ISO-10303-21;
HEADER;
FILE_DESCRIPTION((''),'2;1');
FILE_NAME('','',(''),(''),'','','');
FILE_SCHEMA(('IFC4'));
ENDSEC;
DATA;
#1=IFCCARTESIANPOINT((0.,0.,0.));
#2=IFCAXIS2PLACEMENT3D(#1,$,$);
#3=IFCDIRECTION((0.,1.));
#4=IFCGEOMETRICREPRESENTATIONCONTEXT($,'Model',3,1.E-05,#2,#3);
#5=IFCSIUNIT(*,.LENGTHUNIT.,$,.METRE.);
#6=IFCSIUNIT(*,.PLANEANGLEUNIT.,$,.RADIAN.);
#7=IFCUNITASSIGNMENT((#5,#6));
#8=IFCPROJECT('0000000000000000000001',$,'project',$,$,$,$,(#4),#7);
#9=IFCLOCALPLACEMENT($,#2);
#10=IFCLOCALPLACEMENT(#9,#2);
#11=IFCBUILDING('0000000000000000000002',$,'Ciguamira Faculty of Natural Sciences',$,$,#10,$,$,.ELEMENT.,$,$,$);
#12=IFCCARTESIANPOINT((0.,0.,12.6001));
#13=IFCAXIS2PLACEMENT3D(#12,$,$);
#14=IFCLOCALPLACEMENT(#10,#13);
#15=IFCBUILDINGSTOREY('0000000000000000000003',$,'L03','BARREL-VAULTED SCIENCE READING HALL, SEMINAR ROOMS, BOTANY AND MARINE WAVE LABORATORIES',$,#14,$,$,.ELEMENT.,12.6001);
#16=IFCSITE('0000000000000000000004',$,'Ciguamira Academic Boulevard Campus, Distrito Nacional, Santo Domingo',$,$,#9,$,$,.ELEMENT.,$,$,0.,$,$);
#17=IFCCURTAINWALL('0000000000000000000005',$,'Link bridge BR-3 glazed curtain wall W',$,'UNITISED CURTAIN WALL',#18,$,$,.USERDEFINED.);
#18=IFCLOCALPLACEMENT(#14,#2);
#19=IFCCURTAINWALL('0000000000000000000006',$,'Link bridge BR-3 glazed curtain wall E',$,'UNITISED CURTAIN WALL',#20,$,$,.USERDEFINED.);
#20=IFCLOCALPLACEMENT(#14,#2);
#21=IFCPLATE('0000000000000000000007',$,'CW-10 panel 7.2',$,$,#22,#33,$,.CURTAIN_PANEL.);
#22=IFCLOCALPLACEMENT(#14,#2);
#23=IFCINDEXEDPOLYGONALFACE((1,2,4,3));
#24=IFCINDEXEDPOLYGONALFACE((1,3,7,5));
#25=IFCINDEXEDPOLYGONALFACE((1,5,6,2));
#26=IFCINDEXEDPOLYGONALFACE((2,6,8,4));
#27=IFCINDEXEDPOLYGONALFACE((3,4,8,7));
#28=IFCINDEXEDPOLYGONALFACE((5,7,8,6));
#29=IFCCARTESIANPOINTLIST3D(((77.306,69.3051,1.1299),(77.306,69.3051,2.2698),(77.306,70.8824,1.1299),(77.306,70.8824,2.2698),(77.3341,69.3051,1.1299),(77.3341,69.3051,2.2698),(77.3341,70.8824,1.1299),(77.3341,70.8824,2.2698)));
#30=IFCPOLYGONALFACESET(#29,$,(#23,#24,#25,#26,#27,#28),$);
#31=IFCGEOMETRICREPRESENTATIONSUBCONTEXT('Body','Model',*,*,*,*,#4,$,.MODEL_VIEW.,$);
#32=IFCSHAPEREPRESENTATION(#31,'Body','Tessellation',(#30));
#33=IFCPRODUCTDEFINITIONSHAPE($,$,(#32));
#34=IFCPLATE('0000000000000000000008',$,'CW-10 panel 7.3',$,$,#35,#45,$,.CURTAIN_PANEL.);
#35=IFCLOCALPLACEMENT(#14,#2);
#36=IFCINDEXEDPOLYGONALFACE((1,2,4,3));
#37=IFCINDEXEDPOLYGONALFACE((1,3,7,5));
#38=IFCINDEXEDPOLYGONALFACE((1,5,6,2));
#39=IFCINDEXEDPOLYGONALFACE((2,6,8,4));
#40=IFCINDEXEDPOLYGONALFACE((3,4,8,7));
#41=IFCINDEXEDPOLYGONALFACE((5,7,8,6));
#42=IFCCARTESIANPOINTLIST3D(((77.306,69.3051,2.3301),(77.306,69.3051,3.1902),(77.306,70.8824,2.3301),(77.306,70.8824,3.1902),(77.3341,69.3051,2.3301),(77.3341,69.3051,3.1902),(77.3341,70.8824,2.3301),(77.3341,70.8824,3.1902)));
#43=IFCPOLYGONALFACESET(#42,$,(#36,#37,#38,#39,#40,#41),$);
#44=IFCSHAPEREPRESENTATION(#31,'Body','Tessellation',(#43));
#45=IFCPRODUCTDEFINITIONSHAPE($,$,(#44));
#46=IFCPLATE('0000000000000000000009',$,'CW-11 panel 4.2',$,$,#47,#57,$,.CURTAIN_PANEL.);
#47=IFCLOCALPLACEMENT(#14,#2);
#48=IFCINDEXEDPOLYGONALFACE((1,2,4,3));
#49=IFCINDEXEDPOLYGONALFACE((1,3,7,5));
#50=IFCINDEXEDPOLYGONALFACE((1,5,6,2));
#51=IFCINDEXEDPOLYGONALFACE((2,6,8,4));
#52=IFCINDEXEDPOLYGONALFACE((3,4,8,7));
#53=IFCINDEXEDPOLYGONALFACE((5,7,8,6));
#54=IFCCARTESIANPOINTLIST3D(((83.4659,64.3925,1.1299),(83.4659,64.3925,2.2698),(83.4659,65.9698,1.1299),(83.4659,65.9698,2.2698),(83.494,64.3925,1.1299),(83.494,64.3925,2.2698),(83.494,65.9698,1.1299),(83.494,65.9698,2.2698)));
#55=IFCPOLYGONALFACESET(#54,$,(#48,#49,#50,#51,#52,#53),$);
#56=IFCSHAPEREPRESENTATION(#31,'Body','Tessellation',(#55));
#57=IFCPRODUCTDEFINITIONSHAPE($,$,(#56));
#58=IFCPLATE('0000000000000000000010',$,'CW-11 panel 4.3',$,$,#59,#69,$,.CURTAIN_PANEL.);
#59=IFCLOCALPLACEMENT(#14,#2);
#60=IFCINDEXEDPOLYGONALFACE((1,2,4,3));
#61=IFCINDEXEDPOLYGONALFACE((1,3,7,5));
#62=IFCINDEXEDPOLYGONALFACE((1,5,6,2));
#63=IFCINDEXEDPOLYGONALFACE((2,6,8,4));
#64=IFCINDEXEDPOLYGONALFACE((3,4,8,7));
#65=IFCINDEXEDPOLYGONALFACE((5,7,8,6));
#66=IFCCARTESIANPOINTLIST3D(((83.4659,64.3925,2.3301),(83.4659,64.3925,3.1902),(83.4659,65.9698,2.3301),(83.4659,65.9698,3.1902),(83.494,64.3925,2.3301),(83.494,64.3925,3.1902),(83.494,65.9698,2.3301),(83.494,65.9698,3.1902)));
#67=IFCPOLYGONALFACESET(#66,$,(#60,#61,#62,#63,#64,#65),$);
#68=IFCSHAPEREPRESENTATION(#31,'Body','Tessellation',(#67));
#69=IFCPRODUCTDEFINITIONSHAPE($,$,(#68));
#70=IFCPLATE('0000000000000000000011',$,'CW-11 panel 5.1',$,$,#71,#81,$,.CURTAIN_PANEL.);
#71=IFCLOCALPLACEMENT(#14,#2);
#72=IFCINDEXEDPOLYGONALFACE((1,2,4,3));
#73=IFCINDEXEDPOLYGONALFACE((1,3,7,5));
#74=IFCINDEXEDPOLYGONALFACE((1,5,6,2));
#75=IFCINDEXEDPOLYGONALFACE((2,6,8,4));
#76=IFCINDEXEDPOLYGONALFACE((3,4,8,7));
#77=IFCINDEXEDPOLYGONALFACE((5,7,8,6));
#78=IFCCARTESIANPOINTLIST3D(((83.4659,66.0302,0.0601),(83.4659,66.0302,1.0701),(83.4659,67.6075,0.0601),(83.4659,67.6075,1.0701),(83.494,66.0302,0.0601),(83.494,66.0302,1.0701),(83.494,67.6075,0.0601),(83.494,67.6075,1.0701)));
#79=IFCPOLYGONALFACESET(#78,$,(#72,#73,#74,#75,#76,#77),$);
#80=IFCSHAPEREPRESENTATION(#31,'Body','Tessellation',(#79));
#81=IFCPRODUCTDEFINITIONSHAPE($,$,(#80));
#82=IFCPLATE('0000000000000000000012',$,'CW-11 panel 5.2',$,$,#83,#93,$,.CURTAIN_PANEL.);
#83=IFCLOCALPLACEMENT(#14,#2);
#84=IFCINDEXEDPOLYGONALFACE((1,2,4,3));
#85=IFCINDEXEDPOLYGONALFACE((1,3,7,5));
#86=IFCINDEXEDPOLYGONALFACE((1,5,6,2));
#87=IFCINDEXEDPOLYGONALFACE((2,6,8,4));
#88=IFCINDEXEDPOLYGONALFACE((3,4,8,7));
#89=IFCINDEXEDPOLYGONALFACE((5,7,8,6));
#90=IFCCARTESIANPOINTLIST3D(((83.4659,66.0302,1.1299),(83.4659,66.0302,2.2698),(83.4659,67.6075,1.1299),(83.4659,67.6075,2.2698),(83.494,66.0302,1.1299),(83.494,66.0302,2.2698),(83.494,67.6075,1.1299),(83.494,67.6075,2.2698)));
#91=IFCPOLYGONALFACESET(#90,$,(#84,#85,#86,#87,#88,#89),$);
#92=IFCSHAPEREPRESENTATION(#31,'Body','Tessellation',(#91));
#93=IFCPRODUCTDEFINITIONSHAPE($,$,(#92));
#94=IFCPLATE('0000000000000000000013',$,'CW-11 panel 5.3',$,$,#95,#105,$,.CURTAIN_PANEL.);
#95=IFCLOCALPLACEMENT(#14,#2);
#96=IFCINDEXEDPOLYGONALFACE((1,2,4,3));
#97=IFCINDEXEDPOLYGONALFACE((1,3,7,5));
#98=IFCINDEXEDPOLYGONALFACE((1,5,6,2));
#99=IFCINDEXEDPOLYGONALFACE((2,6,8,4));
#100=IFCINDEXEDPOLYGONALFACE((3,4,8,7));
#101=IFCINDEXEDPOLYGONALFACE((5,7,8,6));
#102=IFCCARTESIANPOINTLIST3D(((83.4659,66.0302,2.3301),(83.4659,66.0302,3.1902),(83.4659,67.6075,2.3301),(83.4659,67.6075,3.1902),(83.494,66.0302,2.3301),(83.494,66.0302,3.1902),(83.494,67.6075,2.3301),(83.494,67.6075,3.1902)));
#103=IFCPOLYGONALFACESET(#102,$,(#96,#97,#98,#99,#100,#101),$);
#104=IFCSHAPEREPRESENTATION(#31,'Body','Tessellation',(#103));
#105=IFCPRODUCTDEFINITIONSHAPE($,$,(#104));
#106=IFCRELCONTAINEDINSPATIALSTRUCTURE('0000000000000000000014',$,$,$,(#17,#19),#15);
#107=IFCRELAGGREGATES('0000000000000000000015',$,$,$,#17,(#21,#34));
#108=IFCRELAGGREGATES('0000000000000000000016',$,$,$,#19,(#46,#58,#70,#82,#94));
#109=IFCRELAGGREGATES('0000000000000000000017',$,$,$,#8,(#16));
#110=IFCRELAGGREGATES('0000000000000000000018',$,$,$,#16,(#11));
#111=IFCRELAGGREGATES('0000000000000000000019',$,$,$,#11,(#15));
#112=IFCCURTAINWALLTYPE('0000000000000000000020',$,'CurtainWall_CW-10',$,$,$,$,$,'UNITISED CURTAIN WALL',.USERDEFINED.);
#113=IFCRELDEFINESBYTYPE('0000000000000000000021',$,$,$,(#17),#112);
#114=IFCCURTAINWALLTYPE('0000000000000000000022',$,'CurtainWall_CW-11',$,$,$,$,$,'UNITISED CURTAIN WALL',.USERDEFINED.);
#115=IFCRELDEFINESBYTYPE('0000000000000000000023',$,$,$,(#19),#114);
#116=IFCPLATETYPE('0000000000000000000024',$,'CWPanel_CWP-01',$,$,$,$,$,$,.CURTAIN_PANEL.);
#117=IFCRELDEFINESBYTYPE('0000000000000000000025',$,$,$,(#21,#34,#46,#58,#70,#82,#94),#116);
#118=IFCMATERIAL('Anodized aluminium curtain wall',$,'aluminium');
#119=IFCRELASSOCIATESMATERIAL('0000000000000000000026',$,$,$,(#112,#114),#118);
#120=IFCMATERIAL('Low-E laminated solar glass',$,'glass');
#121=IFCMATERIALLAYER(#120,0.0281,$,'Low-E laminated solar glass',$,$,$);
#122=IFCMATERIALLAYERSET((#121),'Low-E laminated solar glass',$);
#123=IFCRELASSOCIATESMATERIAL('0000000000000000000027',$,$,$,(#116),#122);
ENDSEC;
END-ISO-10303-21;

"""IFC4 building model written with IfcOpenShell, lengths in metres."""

from ifc_helpers import new_model, si_unit, direction, frame, origin, origin_2d, place, context, subcontext, project, spatial, rectangle, extrude, material, layer, layer_set, type_object, element, aggregate, save


model = new_model("IFC4")

# Units and contexts
model_context = context("Model", 3, precision=1e-05, world=origin(), true_north=direction((0.0, 1.0)))
body_context = subcontext(model_context, "Body", "Model", "MODEL_VIEW")
ifc_project = project(units=[si_unit("LENGTHUNIT", "METRE"), si_unit("PLANEANGLEUNIT", "RADIAN")], contexts=[model_context])

# Site, building, storey
site_placement = place(None, origin())
site = spatial("IfcSite", under=ifc_project, at=site_placement, Name="Ciguamira Academic Boulevard Campus, Distrito Nacional, Santo Domingo", CompositionType="ELEMENT", RefElevation=0.0)
building_placement = place(site_placement, origin())
building = spatial("IfcBuilding", under=site, at=building_placement, Name="Ciguamira Faculty of Natural Sciences", CompositionType="ELEMENT")
storey_placement = place(building_placement, frame((0.0, 0.0, 12.6001)))
storey = spatial("IfcBuildingStorey", under=building, at=storey_placement, Name="L03", Description="BARREL-VAULTED SCIENCE READING HALL, SEMINAR ROOMS, BOTANY AND MARINE WAVE LABORATORIES", CompositionType="ELEMENT", Elevation=12.6001)

# Curtain wall
ifc_material_1 = material(Name="Anodized aluminium curtain wall", Category="aluminium")
curtain_wall_type_1 = type_object("IfcCurtainWallType", Name="CurtainWall_CW-10", ElementType="UNITISED CURTAIN WALL", PredefinedType="USERDEFINED", material=ifc_material_1)
curtain_wall_1_placement = place(storey_placement, origin())
curtain_wall_1 = element("IfcCurtainWall", 1, at=curtain_wall_1_placement, inside=storey, type_object=curtain_wall_type_1, Name="Link bridge BR-3 glazed curtain wall W", ObjectType="UNITISED CURTAIN WALL", PredefinedType="USERDEFINED")

# Curtain wall
curtain_wall_type_2 = type_object("IfcCurtainWallType", Name="CurtainWall_CW-11", ElementType="UNITISED CURTAIN WALL", PredefinedType="USERDEFINED", material=ifc_material_1)
curtain_wall_2_placement = place(storey_placement, origin())
curtain_wall_2 = element("IfcCurtainWall", 2, at=curtain_wall_2_placement, inside=storey, type_object=curtain_wall_type_2, Name="Link bridge BR-3 glazed curtain wall E", ObjectType="UNITISED CURTAIN WALL", PredefinedType="USERDEFINED")

# Plates
ifc_material_2 = material(Name="Low-E laminated solar glass", Category="glass")
ifc_layer = layer(ifc_material_2, 0.0281, Name="Low-E laminated solar glass")
ifc_layer_set = layer_set([ifc_layer], Name="Low-E laminated solar glass")
plate_type = type_object("IfcPlateType", Name="CWPanel_CWP-01", PredefinedType="CURTAIN_PANEL", material=ifc_layer_set)
plate_1_placement = place(storey_placement, frame((77.3201, 70.0938, 1.1299), z_axis=(0.0, 0.0, 1.0), x_axis=(0.0, 1.0, 0.0)))
plate_1 = element("IfcPlate", 3, at=plate_1_placement, type_object=plate_type, Name="CW-10 panel 7.2", PredefinedType="CURTAIN_PANEL", context=body_context, shape_type="SweptSolid", body=[
    extrude(rectangle(XDim=1.5774, YDim=0.0281, at=origin_2d()), origin(), (0.0, 0.0, 1.0), 1.1399),
])
plate_2_placement = place(storey_placement, frame((77.3201, 70.0938, 2.3301), z_axis=(0.0, 0.0, 1.0), x_axis=(0.0, 1.0, 0.0)))
plate_2 = element("IfcPlate", 4, at=plate_2_placement, type_object=plate_type, Name="CW-10 panel 7.3", PredefinedType="CURTAIN_PANEL", context=body_context, shape_type="SweptSolid", body=[
    extrude(rectangle(XDim=1.5774, YDim=0.0281, at=origin_2d()), origin(), (0.0, 0.0, 1.0), 0.8601),
])
aggregate(curtain_wall_1, [plate_1, plate_2])
plate_3_placement = place(storey_placement, frame((83.48, 65.1812, 1.1299), z_axis=(0.0, 0.0, 1.0), x_axis=(0.0, 1.0, 0.0)))
plate_3 = element("IfcPlate", 5, at=plate_3_placement, type_object=plate_type, Name="CW-11 panel 4.2", PredefinedType="CURTAIN_PANEL", context=body_context, shape_type="SweptSolid", body=[
    extrude(rectangle(XDim=1.5774, YDim=0.0281, at=origin_2d()), origin(), (0.0, 0.0, 1.0), 1.1399),
])
plate_4_placement = place(storey_placement, frame((83.48, 65.1812, 2.3301), z_axis=(0.0, 0.0, 1.0), x_axis=(0.0, 1.0, 0.0)))
plate_4 = element("IfcPlate", 6, at=plate_4_placement, type_object=plate_type, Name="CW-11 panel 4.3", PredefinedType="CURTAIN_PANEL", context=body_context, shape_type="SweptSolid", body=[
    extrude(rectangle(XDim=1.5774, YDim=0.0281, at=origin_2d()), origin(), (0.0, 0.0, 1.0), 0.8601),
])
plate_5_placement = place(storey_placement, frame((83.48, 66.8188, 0.0601), z_axis=(0.0, 0.0, 1.0), x_axis=(0.0, 1.0, 0.0)))
plate_5 = element("IfcPlate", 7, at=plate_5_placement, type_object=plate_type, Name="CW-11 panel 5.1", PredefinedType="CURTAIN_PANEL", context=body_context, shape_type="SweptSolid", body=[
    extrude(rectangle(XDim=1.5774, YDim=0.0281, at=origin_2d()), origin(), (0.0, 0.0, 1.0), 1.01),
])
plate_6_placement = place(storey_placement, frame((83.48, 66.8188, 1.1299), z_axis=(0.0, 0.0, 1.0), x_axis=(0.0, 1.0, 0.0)))
plate_6 = element("IfcPlate", 8, at=plate_6_placement, type_object=plate_type, Name="CW-11 panel 5.2", PredefinedType="CURTAIN_PANEL", context=body_context, shape_type="SweptSolid", body=[
    extrude(rectangle(XDim=1.5774, YDim=0.0281, at=origin_2d()), origin(), (0.0, 0.0, 1.0), 1.1399),
])
plate_7_placement = place(storey_placement, frame((83.48, 66.8188, 2.3301), z_axis=(0.0, 0.0, 1.0), x_axis=(0.0, 1.0, 0.0)))
plate_7 = element("IfcPlate", 9, at=plate_7_placement, type_object=plate_type, Name="CW-11 panel 5.3", PredefinedType="CURTAIN_PANEL", context=body_context, shape_type="SweptSolid", body=[
    extrude(rectangle(XDim=1.5774, YDim=0.0281, at=origin_2d()), origin(), (0.0, 0.0, 1.0), 0.8601),
])
aggregate(curtain_wall_2, [plate_3, plate_4, plate_5, plate_6, plate_7])

save(model, "model.ifc")
